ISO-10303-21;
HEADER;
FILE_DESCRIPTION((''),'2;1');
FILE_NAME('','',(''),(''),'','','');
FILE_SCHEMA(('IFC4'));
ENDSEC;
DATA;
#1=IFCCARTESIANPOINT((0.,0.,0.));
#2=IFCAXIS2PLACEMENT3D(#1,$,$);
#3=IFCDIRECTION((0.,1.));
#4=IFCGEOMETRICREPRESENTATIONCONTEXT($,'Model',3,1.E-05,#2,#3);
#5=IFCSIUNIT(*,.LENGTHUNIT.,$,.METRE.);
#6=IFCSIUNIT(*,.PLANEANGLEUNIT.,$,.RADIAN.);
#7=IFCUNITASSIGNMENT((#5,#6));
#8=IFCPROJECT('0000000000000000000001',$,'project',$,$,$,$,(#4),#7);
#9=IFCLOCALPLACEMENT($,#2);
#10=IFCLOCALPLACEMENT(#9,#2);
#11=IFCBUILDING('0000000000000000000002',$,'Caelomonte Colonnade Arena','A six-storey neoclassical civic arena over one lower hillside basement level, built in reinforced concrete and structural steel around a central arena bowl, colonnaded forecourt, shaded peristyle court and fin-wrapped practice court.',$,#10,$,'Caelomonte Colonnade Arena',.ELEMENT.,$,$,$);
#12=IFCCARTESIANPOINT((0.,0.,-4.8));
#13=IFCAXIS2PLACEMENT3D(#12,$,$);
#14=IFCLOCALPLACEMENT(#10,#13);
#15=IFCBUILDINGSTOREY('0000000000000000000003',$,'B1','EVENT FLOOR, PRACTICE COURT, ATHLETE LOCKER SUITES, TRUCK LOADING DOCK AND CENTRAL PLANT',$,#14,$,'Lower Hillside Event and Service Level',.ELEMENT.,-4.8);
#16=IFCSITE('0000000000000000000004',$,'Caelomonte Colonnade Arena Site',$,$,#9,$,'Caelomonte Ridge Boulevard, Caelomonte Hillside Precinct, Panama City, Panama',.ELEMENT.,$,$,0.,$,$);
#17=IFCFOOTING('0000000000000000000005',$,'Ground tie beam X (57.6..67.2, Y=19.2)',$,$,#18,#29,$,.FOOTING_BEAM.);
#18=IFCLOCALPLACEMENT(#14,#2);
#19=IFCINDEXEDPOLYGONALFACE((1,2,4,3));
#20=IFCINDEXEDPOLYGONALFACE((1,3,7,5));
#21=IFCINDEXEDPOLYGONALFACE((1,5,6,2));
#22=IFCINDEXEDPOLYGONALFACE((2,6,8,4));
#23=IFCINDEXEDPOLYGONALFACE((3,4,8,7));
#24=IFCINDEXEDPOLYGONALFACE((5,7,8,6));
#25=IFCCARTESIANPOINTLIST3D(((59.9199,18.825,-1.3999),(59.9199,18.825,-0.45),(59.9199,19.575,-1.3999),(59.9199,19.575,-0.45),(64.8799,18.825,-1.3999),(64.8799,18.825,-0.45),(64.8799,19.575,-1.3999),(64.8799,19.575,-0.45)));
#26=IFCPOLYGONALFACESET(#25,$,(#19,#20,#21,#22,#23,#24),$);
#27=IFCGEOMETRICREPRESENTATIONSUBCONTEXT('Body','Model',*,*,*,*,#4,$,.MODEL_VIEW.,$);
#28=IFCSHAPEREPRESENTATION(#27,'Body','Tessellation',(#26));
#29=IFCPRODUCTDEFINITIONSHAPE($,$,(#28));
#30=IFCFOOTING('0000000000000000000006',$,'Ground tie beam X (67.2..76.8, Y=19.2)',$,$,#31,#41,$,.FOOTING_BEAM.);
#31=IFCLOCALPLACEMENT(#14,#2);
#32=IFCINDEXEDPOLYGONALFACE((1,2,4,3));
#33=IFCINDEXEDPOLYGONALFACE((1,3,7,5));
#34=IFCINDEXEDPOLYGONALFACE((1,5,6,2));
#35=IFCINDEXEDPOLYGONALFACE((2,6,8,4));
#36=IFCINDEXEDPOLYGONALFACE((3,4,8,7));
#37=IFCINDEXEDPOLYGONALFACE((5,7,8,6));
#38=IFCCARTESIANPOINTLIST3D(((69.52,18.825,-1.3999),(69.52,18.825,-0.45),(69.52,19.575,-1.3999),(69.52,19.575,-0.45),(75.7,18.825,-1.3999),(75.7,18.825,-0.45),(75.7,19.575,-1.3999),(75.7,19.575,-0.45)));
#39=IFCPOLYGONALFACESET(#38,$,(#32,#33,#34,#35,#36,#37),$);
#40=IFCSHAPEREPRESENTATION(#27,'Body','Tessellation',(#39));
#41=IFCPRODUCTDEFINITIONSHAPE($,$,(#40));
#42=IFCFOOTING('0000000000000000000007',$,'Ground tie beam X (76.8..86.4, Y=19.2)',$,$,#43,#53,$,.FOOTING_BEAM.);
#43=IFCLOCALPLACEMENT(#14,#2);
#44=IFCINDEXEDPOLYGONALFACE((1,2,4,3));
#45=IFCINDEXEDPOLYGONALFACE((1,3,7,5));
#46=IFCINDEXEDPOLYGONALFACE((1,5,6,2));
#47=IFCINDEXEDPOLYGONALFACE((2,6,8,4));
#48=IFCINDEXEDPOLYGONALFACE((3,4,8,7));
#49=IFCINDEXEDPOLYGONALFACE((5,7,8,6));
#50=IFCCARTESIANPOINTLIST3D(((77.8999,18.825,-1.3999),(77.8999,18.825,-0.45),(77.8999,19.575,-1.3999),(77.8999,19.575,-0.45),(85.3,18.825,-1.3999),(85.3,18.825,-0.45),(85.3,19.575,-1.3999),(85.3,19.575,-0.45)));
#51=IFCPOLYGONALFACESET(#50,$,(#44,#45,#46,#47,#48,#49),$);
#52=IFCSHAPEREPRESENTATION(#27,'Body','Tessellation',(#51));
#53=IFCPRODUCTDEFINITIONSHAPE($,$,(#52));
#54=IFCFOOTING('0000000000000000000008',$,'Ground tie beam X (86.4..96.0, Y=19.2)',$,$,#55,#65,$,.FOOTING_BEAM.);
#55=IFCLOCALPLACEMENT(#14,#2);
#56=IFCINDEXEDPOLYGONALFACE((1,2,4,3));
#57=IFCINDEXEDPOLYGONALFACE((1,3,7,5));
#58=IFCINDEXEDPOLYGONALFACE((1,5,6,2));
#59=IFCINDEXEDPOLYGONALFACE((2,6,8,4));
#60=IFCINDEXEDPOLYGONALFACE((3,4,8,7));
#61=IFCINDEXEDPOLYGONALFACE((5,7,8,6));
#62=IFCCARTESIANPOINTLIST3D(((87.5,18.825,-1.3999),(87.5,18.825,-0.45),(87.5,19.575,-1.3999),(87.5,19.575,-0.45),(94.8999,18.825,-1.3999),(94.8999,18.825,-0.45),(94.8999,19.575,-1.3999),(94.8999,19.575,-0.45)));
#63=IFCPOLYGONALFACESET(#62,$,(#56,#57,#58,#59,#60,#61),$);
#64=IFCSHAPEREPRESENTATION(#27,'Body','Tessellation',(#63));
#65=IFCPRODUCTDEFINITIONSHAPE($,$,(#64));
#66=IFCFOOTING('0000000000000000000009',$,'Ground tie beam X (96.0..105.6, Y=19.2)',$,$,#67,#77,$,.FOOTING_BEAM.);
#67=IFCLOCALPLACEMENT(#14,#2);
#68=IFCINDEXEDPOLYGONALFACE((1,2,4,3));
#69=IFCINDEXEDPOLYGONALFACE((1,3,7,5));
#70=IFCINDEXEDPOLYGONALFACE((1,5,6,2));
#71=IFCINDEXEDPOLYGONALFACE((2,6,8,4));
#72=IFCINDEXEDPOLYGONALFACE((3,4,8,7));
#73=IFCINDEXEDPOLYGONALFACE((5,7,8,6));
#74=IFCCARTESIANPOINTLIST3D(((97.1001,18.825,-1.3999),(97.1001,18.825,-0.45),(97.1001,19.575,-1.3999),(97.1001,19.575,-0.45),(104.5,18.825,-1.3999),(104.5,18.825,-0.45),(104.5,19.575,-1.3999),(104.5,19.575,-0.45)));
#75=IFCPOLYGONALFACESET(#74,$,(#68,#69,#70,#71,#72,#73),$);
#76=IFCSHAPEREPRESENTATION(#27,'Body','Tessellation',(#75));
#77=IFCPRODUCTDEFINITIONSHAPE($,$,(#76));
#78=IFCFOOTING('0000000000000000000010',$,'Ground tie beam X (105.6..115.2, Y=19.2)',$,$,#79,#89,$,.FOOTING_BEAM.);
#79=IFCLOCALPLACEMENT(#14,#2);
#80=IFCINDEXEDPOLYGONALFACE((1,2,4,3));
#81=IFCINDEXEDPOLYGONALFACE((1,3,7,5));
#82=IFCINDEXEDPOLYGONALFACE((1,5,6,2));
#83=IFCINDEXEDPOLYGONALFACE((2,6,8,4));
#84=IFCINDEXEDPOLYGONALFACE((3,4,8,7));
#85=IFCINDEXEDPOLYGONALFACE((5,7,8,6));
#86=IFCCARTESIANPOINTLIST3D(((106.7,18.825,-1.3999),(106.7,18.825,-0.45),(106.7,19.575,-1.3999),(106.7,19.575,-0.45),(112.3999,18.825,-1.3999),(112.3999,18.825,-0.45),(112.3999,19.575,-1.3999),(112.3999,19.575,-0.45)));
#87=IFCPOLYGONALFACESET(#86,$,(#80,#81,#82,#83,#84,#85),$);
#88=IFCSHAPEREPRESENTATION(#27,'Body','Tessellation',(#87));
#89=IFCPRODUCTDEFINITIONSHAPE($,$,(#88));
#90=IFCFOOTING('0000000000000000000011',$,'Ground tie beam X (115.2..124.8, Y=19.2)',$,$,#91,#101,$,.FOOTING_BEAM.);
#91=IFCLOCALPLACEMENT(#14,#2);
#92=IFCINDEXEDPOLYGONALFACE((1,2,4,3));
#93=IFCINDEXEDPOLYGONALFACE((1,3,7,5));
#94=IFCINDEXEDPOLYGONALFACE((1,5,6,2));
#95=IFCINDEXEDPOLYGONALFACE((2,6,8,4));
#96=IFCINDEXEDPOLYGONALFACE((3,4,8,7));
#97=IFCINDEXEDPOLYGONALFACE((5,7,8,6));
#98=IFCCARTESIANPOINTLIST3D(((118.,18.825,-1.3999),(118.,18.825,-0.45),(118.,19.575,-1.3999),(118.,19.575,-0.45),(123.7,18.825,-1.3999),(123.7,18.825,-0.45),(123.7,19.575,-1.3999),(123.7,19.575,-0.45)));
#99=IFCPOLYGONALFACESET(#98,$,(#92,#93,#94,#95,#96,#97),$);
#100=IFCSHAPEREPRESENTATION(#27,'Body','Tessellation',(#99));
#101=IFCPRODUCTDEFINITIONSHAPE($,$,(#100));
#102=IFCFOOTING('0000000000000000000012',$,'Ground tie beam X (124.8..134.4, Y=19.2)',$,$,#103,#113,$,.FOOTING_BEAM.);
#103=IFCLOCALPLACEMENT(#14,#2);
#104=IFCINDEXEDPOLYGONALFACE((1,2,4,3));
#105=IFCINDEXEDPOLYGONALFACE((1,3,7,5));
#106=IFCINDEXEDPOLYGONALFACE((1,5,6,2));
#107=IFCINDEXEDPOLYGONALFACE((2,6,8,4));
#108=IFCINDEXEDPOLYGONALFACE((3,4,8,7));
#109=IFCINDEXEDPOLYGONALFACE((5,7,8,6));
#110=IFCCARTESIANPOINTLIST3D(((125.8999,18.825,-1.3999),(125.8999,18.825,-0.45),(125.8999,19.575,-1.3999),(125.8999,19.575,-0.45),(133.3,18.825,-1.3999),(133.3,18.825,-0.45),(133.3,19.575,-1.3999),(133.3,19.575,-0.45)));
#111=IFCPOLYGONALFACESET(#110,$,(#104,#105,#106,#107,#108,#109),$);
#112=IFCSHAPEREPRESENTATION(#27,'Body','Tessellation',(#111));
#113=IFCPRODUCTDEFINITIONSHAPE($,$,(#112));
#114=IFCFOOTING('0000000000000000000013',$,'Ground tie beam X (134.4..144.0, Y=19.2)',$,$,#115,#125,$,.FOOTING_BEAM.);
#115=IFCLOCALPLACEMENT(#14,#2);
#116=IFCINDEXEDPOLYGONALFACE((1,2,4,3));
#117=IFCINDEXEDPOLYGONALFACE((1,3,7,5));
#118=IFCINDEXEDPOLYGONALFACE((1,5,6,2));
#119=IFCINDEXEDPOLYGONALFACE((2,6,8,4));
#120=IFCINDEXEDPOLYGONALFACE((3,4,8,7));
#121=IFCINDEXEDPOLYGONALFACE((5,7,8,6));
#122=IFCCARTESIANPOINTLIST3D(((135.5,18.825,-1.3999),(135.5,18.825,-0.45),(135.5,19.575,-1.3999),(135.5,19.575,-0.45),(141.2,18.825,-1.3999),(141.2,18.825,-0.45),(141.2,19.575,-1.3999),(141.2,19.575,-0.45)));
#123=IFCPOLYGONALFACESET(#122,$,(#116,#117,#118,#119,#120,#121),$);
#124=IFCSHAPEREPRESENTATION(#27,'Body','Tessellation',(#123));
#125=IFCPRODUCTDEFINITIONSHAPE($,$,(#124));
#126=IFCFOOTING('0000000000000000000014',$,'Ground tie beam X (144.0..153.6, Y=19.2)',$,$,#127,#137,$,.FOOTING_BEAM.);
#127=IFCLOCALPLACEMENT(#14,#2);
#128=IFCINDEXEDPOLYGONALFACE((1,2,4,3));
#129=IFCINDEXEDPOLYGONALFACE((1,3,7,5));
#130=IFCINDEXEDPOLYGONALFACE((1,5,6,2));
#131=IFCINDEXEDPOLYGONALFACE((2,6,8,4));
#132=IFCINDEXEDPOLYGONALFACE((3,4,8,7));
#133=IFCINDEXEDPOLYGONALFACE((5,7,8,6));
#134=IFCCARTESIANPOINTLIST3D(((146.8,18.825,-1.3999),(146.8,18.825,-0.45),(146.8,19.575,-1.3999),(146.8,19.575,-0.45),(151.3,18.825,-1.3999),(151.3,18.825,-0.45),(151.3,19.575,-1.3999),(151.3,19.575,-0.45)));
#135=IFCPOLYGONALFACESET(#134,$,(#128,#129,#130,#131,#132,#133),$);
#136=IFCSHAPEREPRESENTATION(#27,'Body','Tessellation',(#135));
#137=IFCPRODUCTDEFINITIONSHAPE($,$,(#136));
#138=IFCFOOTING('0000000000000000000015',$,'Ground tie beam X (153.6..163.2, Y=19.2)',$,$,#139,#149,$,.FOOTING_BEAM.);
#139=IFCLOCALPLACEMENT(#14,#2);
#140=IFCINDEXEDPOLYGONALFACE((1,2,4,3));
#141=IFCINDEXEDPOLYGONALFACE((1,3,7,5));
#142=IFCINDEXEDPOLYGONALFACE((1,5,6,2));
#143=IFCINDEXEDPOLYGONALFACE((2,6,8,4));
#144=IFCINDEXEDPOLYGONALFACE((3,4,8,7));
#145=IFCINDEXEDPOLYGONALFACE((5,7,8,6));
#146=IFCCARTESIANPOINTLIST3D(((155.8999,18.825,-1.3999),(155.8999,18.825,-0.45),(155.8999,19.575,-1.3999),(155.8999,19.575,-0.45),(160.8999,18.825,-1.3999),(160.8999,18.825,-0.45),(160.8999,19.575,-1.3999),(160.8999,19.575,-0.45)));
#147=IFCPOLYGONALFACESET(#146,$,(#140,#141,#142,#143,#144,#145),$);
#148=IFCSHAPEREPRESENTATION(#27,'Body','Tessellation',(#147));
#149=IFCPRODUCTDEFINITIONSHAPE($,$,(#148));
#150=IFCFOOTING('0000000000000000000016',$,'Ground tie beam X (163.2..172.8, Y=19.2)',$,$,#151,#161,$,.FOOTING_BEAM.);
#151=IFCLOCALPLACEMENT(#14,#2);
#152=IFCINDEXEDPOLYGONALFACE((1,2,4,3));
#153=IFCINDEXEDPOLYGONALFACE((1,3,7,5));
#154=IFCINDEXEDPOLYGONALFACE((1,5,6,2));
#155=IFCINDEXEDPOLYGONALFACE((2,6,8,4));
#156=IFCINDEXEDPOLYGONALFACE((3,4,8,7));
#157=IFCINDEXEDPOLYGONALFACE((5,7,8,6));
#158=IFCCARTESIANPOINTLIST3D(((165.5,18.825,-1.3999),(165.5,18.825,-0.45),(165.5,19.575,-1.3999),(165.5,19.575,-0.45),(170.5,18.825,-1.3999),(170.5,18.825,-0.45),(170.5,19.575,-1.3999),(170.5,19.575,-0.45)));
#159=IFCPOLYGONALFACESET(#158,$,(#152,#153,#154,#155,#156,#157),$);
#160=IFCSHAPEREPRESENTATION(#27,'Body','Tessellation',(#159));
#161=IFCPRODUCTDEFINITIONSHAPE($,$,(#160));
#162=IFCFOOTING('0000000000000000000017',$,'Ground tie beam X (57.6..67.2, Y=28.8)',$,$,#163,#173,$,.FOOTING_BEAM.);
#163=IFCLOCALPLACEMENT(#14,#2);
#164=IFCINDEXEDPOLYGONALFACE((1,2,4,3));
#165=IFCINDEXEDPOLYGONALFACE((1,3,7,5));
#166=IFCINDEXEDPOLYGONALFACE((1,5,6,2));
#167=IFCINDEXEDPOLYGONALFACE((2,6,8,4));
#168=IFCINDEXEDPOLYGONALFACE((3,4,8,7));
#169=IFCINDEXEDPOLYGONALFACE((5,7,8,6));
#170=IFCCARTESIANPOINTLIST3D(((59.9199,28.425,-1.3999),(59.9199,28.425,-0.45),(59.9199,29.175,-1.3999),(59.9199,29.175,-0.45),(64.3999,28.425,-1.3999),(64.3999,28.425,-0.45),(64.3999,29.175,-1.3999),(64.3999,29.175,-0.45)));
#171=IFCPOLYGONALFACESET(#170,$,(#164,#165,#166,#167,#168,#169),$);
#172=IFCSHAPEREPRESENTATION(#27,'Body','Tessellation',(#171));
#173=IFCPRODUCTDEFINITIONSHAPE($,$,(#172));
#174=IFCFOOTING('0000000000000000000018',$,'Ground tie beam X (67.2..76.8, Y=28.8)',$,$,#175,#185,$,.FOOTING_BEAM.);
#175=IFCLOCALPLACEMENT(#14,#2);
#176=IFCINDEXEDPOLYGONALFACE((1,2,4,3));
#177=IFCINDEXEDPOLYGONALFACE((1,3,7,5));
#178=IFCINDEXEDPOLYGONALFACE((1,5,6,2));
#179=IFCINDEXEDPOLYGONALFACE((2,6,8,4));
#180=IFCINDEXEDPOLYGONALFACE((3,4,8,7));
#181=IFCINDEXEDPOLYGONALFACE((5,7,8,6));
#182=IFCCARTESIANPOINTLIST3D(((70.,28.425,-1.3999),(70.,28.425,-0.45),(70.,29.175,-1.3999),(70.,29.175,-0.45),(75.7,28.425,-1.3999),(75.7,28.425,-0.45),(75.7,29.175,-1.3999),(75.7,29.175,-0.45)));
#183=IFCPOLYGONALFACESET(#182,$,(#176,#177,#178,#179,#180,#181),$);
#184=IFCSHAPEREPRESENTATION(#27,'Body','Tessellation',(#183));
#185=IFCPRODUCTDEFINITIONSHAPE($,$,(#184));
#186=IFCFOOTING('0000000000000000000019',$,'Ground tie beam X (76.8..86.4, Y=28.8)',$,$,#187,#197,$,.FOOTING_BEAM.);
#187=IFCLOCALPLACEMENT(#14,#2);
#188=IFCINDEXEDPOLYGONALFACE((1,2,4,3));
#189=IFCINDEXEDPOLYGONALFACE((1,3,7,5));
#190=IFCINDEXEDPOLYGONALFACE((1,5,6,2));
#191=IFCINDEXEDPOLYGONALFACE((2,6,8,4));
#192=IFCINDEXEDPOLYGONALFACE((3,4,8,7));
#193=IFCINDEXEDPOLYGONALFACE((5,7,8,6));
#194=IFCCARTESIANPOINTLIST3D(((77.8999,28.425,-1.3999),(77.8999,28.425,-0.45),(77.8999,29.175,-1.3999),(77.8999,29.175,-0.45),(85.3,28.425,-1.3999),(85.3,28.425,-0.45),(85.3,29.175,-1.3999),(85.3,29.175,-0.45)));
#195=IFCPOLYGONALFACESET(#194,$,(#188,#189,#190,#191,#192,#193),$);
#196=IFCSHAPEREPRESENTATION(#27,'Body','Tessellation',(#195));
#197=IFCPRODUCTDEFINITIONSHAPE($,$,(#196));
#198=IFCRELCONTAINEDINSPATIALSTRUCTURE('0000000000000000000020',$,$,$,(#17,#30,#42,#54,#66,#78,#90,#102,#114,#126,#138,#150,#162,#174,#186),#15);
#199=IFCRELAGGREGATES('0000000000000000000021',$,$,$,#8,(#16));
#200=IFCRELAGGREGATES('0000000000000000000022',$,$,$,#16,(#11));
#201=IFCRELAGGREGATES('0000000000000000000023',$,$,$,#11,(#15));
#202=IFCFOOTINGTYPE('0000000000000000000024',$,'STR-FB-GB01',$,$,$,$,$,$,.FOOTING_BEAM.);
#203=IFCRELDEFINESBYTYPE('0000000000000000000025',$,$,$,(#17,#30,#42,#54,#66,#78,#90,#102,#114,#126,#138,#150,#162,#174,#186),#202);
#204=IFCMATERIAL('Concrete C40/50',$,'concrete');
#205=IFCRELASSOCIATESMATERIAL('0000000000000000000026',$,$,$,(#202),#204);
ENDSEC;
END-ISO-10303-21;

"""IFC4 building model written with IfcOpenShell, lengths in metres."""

from ifc_helpers import new_model, si_unit, direction, frame, origin, place, context, subcontext, project, spatial, polyline, outline, extrude, material, type_object, element, save


model = new_model("IFC4")

# Units and contexts
model_context = context("Model", 3, precision=1e-05, world=origin(), true_north=direction((0.0, 1.0)))
body_context = subcontext(model_context, "Body", "Model", "MODEL_VIEW")
ifc_project = project(units=[si_unit("LENGTHUNIT", "METRE"), si_unit("PLANEANGLEUNIT", "RADIAN")], contexts=[model_context])

# Site, building, storey
site_placement = place(None, origin())
site = spatial("IfcSite", under=ifc_project, at=site_placement, Name="Caelomonte Colonnade Arena Site", LongName="Caelomonte Ridge Boulevard, Caelomonte Hillside Precinct, Panama City, Panama", CompositionType="ELEMENT", RefElevation=0.0)
building_placement = place(site_placement, origin())
building = spatial("IfcBuilding", under=site, at=building_placement, Name="Caelomonte Colonnade Arena", Description="A six-storey neoclassical civic arena over one lower hillside basement level, built in reinforced concrete and structural steel around a central arena bowl, colonnaded forecourt, shaded peristyle court and fin-wrapped practice court.", LongName="Caelomonte Colonnade Arena", CompositionType="ELEMENT")
storey_placement = place(building_placement, frame((0.0, 0.0, -4.8)))
storey = spatial("IfcBuildingStorey", under=building, at=storey_placement, Name="B1", Description="EVENT FLOOR, PRACTICE COURT, ATHLETE LOCKER SUITES, TRUCK LOADING DOCK AND CENTRAL PLANT", LongName="Lower Hillside Event and Service Level", CompositionType="ELEMENT", Elevation=-4.8)

# Footings
ifc_material = material(Name="Concrete C40/50", Category="concrete")
footing_type = type_object("IfcFootingType", Name="STR-FB-GB01", PredefinedType="FOOTING_BEAM", material=ifc_material)
footing_1_placement = place(storey_placement, frame((0.0, 0.0, -1.3999)))
element("IfcFooting", 1, at=footing_1_placement, inside=storey, type_object=footing_type, Name="Ground tie beam X (57.6..67.2, Y=19.2)", PredefinedType="FOOTING_BEAM", context=body_context, shape_type="SweptSolid", body=[
    extrude(outline(polyline([(59.9199, 18.825), (64.8799, 18.825), (64.8799, 19.575), (59.9199, 19.575), (59.9199, 18.825)])), origin(), (0.0, 0.0, 1.0), 0.95),
])
footing_2_placement = place(storey_placement, frame((0.0, 0.0, -1.3999)))
element("IfcFooting", 2, at=footing_2_placement, inside=storey, type_object=footing_type, Name="Ground tie beam X (67.2..76.8, Y=19.2)", PredefinedType="FOOTING_BEAM", context=body_context, shape_type="SweptSolid", body=[
    extrude(outline(polyline([(69.52, 18.825), (75.7, 18.825), (75.7, 19.575), (69.52, 19.575), (69.52, 18.825)])), origin(), (0.0, 0.0, 1.0), 0.95),
])
footing_3_placement = place(storey_placement, frame((0.0, 0.0, -1.3999)))
element("IfcFooting", 3, at=footing_3_placement, inside=storey, type_object=footing_type, Name="Ground tie beam X (76.8..86.4, Y=19.2)", PredefinedType="FOOTING_BEAM", context=body_context, shape_type="SweptSolid", body=[
    extrude(outline(polyline([(77.8999, 18.825), (85.3, 18.825), (85.3, 19.575), (77.8999, 19.575), (77.8999, 18.825)])), origin(), (0.0, 0.0, 1.0), 0.95),
])
footing_4_placement = place(storey_placement, frame((0.0, 0.0, -1.3999)))
element("IfcFooting", 4, at=footing_4_placement, inside=storey, type_object=footing_type, Name="Ground tie beam X (86.4..96.0, Y=19.2)", PredefinedType="FOOTING_BEAM", context=body_context, shape_type="SweptSolid", body=[
    extrude(outline(polyline([(87.5, 18.825), (94.8999, 18.825), (94.8999, 19.575), (87.5, 19.575), (87.5, 18.825)])), origin(), (0.0, 0.0, 1.0), 0.95),
])
footing_5_placement = place(storey_placement, frame((0.0, 0.0, -1.3999)))
element("IfcFooting", 5, at=footing_5_placement, inside=storey, type_object=footing_type, Name="Ground tie beam X (96.0..105.6, Y=19.2)", PredefinedType="FOOTING_BEAM", context=body_context, shape_type="SweptSolid", body=[
    extrude(outline(polyline([(97.1001, 18.825), (104.5, 18.825), (104.5, 19.575), (97.1001, 19.575), (97.1001, 18.825)])), origin(), (0.0, 0.0, 1.0), 0.95),
])
footing_6_placement = place(storey_placement, frame((0.0, 0.0, -1.3999)))
element("IfcFooting", 6, at=footing_6_placement, inside=storey, type_object=footing_type, Name="Ground tie beam X (105.6..115.2, Y=19.2)", PredefinedType="FOOTING_BEAM", context=body_context, shape_type="SweptSolid", body=[
    extrude(outline(polyline([(106.7, 18.825), (112.3999, 18.825), (112.3999, 19.575), (106.7, 19.575), (106.7, 18.825)])), origin(), (0.0, 0.0, 1.0), 0.95),
])
footing_7_placement = place(storey_placement, frame((0.0, 0.0, -1.3999)))
element("IfcFooting", 7, at=footing_7_placement, inside=storey, type_object=footing_type, Name="Ground tie beam X (115.2..124.8, Y=19.2)", PredefinedType="FOOTING_BEAM", context=body_context, shape_type="SweptSolid", body=[
    extrude(outline(polyline([(118.0, 18.825), (123.7, 18.825), (123.7, 19.575), (118.0, 19.575), (118.0, 18.825)])), origin(), (0.0, 0.0, 1.0), 0.95),
])
footing_8_placement = place(storey_placement, frame((0.0, 0.0, -1.3999)))
element("IfcFooting", 8, at=footing_8_placement, inside=storey, type_object=footing_type, Name="Ground tie beam X (124.8..134.4, Y=19.2)", PredefinedType="FOOTING_BEAM", context=body_context, shape_type="SweptSolid", body=[
    extrude(outline(polyline([(125.8999, 18.825), (133.3, 18.825), (133.3, 19.575), (125.8999, 19.575), (125.8999, 18.825)])), origin(), (0.0, 0.0, 1.0), 0.95),
])
footing_9_placement = place(storey_placement, frame((0.0, 0.0, -1.3999)))
element("IfcFooting", 9, at=footing_9_placement, inside=storey, type_object=footing_type, Name="Ground tie beam X (134.4..144.0, Y=19.2)", PredefinedType="FOOTING_BEAM", context=body_context, shape_type="SweptSolid", body=[
    extrude(outline(polyline([(135.5, 18.825), (141.2, 18.825), (141.2, 19.575), (135.5, 19.575), (135.5, 18.825)])), origin(), (0.0, 0.0, 1.0), 0.95),
])
footing_10_placement = place(storey_placement, frame((0.0, 0.0, -1.3999)))
element("IfcFooting", 10, at=footing_10_placement, inside=storey, type_object=footing_type, Name="Ground tie beam X (144.0..153.6, Y=19.2)", PredefinedType="FOOTING_BEAM", context=body_context, shape_type="SweptSolid", body=[
    extrude(outline(polyline([(146.8, 18.825), (151.3, 18.825), (151.3, 19.575), (146.8, 19.575), (146.8, 18.825)])), origin(), (0.0, 0.0, 1.0), 0.95),
])
footing_11_placement = place(storey_placement, frame((0.0, 0.0, -1.3999)))
element("IfcFooting", 11, at=footing_11_placement, inside=storey, type_object=footing_type, Name="Ground tie beam X (153.6..163.2, Y=19.2)", PredefinedType="FOOTING_BEAM", context=body_context, shape_type="SweptSolid", body=[
    extrude(outline(polyline([(155.8999, 18.825), (160.8999, 18.825), (160.8999, 19.575), (155.8999, 19.575), (155.8999, 18.825)])), origin(), (0.0, 0.0, 1.0), 0.95),
])
footing_12_placement = place(storey_placement, frame((0.0, 0.0, -1.3999)))
element("IfcFooting", 12, at=footing_12_placement, inside=storey, type_object=footing_type, Name="Ground tie beam X (163.2..172.8, Y=19.2)", PredefinedType="FOOTING_BEAM", context=body_context, shape_type="SweptSolid", body=[
    extrude(outline(polyline([(165.5, 18.825), (170.5, 18.825), (170.5, 19.575), (165.5, 19.575), (165.5, 18.825)])), origin(), (0.0, 0.0, 1.0), 0.95),
])
footing_13_placement = place(storey_placement, frame((0.0, 0.0, -1.3999)))
element("IfcFooting", 13, at=footing_13_placement, inside=storey, type_object=footing_type, Name="Ground tie beam X (57.6..67.2, Y=28.8)", PredefinedType="FOOTING_BEAM", context=body_context, shape_type="SweptSolid", body=[
    extrude(outline(polyline([(59.9199, 28.425), (64.3999, 28.425), (64.3999, 29.175), (59.9199, 29.175), (59.9199, 28.425)])), origin(), (0.0, 0.0, 1.0), 0.95),
])
footing_14_placement = place(storey_placement, frame((0.0, 0.0, -1.3999)))
element("IfcFooting", 14, at=footing_14_placement, inside=storey, type_object=footing_type, Name="Ground tie beam X (67.2..76.8, Y=28.8)", PredefinedType="FOOTING_BEAM", context=body_context, shape_type="SweptSolid", body=[
    extrude(outline(polyline([(70.0, 28.425), (75.7, 28.425), (75.7, 29.175), (70.0, 29.175), (70.0, 28.425)])), origin(), (0.0, 0.0, 1.0), 0.95),
])
footing_15_placement = place(storey_placement, frame((0.0, 0.0, -1.3999)))
element("IfcFooting", 15, at=footing_15_placement, inside=storey, type_object=footing_type, Name="Ground tie beam X (76.8..86.4, Y=28.8)", PredefinedType="FOOTING_BEAM", context=body_context, shape_type="SweptSolid", body=[
    extrude(outline(polyline([(77.8999, 28.425), (85.3, 28.425), (85.3, 29.175), (77.8999, 29.175), (77.8999, 28.425)])), origin(), (0.0, 0.0, 1.0), 0.95),
])

save(model, "model.ifc")
